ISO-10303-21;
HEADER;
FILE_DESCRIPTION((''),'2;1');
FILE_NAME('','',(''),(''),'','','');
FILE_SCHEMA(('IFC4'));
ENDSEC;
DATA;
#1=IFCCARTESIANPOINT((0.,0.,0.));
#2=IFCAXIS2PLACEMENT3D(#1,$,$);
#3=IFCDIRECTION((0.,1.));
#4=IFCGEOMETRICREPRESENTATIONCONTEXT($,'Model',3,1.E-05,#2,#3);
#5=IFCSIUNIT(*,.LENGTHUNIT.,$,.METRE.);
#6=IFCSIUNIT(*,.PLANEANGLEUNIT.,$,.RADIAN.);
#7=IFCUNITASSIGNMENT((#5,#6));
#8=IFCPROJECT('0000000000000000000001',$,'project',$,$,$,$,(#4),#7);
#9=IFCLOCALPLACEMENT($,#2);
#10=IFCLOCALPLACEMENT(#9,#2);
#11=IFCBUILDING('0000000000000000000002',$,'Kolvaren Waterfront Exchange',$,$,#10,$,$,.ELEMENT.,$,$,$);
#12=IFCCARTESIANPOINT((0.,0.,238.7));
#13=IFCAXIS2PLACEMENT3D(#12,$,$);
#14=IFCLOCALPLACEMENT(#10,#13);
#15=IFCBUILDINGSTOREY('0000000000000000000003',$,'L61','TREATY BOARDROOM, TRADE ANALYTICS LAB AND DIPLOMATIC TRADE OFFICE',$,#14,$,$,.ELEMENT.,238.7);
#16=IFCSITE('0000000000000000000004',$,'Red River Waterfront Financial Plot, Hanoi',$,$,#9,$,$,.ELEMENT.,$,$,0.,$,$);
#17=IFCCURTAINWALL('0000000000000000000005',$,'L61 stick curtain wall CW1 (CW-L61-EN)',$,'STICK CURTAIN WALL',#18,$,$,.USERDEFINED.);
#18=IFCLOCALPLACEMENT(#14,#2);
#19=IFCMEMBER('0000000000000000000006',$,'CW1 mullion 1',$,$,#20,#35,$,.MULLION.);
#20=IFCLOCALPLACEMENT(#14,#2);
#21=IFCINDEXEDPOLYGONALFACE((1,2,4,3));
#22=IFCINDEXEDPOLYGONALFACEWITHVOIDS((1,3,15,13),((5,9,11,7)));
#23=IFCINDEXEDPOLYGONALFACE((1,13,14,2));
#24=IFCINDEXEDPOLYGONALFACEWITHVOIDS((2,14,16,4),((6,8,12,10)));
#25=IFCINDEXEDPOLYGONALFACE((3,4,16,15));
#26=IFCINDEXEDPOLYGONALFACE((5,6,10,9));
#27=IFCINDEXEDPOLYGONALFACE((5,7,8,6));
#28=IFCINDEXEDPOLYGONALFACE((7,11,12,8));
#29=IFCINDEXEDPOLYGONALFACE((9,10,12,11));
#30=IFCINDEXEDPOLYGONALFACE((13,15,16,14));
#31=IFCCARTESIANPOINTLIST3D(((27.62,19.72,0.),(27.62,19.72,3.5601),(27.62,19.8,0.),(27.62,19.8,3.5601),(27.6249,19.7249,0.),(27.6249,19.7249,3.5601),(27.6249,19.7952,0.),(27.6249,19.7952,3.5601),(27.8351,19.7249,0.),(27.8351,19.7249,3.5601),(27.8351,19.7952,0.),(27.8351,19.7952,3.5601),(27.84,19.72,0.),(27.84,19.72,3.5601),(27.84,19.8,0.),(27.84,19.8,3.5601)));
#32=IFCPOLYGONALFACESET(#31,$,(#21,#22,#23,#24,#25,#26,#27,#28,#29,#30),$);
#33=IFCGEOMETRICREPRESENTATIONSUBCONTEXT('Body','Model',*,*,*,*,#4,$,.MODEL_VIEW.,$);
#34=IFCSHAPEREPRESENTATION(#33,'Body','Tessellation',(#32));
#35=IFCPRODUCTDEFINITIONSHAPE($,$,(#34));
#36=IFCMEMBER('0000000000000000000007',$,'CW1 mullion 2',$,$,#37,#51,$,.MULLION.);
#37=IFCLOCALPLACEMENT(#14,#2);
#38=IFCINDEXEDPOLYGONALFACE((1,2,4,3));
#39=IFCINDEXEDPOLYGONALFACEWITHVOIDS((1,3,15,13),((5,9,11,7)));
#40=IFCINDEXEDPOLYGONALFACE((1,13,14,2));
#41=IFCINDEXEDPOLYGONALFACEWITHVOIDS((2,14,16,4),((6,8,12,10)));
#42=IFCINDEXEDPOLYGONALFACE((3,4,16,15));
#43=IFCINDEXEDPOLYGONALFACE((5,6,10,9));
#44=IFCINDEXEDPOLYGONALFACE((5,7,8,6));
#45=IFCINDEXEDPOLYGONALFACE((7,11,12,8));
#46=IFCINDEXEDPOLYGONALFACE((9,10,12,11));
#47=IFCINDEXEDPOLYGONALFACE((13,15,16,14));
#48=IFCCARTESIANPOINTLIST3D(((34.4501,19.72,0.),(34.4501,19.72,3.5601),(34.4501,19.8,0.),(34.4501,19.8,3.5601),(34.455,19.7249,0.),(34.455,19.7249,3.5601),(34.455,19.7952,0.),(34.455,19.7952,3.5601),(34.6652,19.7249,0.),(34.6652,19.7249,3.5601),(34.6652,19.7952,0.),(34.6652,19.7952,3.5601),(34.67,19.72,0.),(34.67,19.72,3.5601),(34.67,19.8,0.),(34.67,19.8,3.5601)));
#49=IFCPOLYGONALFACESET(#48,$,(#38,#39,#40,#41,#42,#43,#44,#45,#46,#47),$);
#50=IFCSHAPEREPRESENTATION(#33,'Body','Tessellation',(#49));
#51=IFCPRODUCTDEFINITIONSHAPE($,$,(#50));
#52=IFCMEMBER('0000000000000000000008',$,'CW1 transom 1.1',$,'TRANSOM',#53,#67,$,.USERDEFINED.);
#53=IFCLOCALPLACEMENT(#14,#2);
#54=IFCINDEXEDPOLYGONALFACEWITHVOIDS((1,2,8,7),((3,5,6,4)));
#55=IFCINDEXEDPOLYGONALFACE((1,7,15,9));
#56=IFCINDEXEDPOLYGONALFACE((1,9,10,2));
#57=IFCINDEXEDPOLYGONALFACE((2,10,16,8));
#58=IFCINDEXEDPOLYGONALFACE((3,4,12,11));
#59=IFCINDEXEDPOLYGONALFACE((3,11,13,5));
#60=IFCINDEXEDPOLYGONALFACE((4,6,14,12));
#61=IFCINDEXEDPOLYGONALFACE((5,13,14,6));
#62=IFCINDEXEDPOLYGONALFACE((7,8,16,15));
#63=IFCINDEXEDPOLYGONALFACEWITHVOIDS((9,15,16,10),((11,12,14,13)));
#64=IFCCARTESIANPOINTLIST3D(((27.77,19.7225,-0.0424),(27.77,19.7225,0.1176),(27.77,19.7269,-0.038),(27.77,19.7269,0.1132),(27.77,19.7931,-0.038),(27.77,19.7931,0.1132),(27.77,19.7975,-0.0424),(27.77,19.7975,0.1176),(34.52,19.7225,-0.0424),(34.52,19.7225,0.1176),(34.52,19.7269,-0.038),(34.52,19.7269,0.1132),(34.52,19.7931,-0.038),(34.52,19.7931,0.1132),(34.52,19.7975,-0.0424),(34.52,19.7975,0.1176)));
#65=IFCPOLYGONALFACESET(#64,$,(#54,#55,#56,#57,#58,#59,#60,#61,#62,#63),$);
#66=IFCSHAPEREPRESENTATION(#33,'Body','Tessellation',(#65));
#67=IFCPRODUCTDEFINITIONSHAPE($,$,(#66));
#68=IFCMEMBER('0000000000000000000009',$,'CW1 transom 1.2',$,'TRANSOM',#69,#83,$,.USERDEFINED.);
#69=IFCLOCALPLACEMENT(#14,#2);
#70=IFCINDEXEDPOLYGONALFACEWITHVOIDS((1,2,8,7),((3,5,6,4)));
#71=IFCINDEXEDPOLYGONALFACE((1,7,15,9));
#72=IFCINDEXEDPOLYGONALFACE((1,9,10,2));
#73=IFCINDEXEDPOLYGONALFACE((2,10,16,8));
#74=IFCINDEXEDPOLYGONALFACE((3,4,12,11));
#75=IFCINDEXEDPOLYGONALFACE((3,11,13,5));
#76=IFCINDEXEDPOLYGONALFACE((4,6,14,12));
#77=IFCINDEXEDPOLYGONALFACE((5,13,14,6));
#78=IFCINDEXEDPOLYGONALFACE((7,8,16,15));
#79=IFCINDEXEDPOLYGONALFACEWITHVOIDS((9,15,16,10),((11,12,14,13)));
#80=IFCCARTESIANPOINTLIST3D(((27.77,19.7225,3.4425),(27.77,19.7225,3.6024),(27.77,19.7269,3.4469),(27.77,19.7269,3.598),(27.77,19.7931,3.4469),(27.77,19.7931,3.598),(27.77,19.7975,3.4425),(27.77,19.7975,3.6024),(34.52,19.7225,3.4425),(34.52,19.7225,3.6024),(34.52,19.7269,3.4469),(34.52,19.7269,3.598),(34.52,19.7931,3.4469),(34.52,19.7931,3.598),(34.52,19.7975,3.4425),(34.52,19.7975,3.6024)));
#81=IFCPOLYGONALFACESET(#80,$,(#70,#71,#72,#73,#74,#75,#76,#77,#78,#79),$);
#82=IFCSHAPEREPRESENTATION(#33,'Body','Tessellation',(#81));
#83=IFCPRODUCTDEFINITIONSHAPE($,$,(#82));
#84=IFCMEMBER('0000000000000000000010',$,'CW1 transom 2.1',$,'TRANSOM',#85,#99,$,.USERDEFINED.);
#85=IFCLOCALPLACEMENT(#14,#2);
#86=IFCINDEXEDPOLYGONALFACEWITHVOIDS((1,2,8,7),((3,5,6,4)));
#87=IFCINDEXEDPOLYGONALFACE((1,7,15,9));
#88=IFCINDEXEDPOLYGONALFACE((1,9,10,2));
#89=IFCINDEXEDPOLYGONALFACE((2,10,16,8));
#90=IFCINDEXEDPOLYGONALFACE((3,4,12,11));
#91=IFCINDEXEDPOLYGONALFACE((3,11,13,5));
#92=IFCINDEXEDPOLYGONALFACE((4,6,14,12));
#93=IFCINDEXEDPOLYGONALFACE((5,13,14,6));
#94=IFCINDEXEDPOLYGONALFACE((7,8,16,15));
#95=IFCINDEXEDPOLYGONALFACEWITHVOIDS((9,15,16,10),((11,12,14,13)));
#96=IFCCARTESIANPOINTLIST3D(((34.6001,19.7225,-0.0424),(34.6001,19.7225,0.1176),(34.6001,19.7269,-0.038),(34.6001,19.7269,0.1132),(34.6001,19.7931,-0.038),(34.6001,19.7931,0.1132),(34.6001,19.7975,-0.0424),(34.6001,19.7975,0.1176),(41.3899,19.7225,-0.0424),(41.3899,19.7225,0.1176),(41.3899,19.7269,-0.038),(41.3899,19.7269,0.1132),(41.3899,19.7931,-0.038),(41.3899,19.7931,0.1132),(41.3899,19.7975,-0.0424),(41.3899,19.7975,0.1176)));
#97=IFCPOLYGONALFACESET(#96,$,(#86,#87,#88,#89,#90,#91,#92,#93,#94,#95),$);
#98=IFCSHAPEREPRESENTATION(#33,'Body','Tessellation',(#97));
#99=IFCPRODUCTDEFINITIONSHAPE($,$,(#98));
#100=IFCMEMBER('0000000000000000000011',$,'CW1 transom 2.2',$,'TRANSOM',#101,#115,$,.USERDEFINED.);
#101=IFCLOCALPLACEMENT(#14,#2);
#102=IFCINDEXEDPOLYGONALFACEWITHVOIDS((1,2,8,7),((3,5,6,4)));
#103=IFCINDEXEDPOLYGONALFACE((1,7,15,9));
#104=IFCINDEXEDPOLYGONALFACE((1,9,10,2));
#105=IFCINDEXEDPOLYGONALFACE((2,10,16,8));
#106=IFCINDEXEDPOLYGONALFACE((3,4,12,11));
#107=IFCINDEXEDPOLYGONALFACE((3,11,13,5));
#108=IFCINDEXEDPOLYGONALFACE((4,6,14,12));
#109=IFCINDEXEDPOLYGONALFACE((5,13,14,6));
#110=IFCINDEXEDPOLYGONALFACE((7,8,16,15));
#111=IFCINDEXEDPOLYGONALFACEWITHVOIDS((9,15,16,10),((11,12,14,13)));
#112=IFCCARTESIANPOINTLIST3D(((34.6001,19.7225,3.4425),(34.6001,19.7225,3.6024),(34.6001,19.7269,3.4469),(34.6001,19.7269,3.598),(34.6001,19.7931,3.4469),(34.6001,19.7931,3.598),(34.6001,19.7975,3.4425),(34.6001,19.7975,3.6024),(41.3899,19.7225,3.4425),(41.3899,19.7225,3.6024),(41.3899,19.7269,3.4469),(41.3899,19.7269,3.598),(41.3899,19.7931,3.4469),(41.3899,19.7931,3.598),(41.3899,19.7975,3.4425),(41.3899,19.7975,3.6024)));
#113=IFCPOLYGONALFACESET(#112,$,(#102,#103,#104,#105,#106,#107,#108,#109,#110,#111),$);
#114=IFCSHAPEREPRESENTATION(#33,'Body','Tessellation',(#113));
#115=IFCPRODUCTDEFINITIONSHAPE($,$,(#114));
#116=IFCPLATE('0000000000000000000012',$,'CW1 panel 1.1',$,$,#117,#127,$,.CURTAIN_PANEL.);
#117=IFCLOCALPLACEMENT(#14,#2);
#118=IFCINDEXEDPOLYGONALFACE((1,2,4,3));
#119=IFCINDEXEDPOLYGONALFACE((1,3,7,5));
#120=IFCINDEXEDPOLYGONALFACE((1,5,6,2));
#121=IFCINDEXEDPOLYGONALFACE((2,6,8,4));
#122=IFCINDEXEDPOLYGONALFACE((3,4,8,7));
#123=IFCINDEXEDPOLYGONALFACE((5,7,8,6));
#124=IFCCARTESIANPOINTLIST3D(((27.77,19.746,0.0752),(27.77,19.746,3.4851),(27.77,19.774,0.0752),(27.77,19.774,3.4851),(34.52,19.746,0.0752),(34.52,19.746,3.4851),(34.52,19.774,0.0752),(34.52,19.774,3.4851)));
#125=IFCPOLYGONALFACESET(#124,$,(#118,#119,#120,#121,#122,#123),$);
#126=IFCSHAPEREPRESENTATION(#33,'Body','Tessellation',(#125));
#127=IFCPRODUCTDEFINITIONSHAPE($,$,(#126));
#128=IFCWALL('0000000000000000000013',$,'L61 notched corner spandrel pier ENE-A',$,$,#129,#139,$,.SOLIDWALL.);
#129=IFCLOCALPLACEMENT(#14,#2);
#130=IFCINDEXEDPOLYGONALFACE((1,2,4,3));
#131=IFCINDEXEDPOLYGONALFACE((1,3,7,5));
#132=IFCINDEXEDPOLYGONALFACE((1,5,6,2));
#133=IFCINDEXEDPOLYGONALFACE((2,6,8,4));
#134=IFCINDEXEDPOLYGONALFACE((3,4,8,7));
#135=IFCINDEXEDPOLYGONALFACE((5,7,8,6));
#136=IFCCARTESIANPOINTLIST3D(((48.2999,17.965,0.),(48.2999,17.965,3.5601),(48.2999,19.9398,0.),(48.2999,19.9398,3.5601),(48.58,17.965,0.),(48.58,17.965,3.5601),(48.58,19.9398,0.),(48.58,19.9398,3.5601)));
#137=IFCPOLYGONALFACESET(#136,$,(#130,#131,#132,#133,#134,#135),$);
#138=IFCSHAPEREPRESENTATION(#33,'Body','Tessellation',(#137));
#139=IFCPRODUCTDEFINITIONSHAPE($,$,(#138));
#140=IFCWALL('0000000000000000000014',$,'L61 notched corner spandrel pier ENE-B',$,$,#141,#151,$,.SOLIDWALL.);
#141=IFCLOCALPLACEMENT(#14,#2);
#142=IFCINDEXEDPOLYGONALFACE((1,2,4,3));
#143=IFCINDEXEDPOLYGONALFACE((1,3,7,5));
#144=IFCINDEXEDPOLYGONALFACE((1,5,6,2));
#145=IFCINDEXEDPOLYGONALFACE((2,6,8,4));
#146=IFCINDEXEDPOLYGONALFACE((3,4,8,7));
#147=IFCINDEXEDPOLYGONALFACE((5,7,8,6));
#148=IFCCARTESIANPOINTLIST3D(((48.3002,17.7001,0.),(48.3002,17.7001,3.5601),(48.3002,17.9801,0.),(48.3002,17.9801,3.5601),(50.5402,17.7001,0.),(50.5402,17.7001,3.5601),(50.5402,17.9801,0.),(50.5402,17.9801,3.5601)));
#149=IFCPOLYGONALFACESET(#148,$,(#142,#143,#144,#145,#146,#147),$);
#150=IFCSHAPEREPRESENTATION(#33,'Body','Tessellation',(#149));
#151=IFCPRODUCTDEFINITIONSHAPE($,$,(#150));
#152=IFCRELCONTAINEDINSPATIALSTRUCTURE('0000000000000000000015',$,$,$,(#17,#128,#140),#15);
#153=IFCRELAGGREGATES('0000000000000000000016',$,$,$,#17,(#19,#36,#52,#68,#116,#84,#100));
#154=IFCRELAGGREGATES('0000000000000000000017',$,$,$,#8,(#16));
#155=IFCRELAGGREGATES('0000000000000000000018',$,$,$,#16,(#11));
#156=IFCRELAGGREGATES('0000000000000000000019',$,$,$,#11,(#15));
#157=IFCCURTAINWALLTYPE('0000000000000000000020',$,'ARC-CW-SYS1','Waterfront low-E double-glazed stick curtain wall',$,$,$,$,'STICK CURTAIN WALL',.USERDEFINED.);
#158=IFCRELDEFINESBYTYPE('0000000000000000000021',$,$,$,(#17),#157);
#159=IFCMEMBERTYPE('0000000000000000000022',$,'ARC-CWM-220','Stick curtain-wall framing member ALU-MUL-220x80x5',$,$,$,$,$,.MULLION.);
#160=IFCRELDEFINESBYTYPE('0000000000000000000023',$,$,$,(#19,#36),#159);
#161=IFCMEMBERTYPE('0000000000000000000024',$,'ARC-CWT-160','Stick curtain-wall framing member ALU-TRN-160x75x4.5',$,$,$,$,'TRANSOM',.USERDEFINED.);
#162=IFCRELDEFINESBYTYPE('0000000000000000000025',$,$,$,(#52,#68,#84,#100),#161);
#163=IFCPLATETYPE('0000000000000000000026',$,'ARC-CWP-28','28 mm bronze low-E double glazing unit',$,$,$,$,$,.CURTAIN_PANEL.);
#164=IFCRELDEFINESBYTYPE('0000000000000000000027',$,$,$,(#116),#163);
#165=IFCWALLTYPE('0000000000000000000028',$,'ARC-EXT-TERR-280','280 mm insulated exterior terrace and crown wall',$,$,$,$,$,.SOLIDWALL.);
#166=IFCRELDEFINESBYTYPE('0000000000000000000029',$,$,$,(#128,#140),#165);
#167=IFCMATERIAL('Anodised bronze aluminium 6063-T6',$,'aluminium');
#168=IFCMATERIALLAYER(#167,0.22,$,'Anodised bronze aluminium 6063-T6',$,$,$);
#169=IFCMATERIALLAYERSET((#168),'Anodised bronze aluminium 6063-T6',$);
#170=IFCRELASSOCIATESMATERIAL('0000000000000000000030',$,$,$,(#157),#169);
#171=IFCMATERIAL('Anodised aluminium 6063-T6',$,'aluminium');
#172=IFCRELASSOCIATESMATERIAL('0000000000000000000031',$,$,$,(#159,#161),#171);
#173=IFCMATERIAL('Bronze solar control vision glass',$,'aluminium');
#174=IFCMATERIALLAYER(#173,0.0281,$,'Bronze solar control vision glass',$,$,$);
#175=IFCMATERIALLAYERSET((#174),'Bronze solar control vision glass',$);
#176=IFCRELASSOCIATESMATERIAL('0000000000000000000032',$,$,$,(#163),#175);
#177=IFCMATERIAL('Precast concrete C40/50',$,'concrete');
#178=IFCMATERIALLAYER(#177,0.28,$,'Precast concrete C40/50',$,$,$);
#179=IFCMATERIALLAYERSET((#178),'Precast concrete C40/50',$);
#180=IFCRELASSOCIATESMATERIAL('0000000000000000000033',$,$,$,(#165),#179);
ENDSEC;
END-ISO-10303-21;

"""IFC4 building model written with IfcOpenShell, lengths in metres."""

from ifc_helpers import new_model, si_unit, direction, frame, frame_2d, origin, origin_with_axes, origin_2d, place, context, subcontext, project, spatial, rectangle, hollow_rectangle, extrude, source, transform, mapped, material, layer, layer_set, material_profile, profile_set, type_object, element, aggregate, save


model = new_model("IFC4")

# Units and contexts
model_context = context("Model", 3, precision=1e-05, world=origin(), true_north=direction((0.0, 1.0)))
body_context = subcontext(model_context, "Body", "Model", "MODEL_VIEW")
ifc_project = project(units=[si_unit("LENGTHUNIT", "METRE"), si_unit("PLANEANGLEUNIT", "RADIAN")], contexts=[model_context])

# Site, building, storey
site_placement = place(None, origin())
site = spatial("IfcSite", under=ifc_project, at=site_placement, Name="Red River Waterfront Financial Plot, Hanoi", CompositionType="ELEMENT", RefElevation=0.0)
building_placement = place(site_placement, origin())
building = spatial("IfcBuilding", under=site, at=building_placement, Name="Kolvaren Waterfront Exchange", CompositionType="ELEMENT")
storey_placement = place(building_placement, frame((0.0, 0.0, 238.7)))
storey = spatial("IfcBuildingStorey", under=building, at=storey_placement, Name="L61", Description="TREATY BOARDROOM, TRADE ANALYTICS LAB AND DIPLOMATIC TRADE OFFICE", CompositionType="ELEMENT", Elevation=238.7)

# Curtain wall, members, plate
ifc_material_1 = material(Name="Anodised bronze aluminium 6063-T6", Category="aluminium")
ifc_layer_1 = layer(ifc_material_1, 0.22, Name="Anodised bronze aluminium 6063-T6")
ifc_layer_set_1 = layer_set([ifc_layer_1], Name="Anodised bronze aluminium 6063-T6")
curtain_wall_type = type_object("IfcCurtainWallType", Name="ARC-CW-SYS1", Description="Waterfront low-E double-glazed stick curtain wall", ElementType="STICK CURTAIN WALL", PredefinedType="USERDEFINED", material=ifc_layer_set_1)
curtain_wall_placement = place(storey_placement, origin())
curtain_wall = element("IfcCurtainWall", 1, at=curtain_wall_placement, inside=storey, type_object=curtain_wall_type, Name="L61 stick curtain wall CW1 (CW-L61-EN)", ObjectType="STICK CURTAIN WALL", PredefinedType="USERDEFINED")
ifc_material_2 = material(Name="Anodised aluminium 6063-T6", Category="aluminium")
ifc_material_profile_1 = material_profile(ifc_material_2, hollow_rectangle(XDim=0.0801, YDim=0.22, WallThickness=0.0049, at=origin_2d()), Name="ALU-MUL-220x80x5")
ifc_profile_set_1 = profile_set([ifc_material_profile_1], Name="Anodised aluminium 6063-T6")
member_type_1 = type_object("IfcMemberType", Name="ARC-CWM-220", Description="Stick curtain-wall framing member ALU-MUL-220x80x5", PredefinedType="MULLION", material=ifc_profile_set_1)
shared_shape_1 = source(origin_with_axes(), body_context, "Body", "SweptSolid", [
    extrude(hollow_rectangle(XDim=0.0801, YDim=0.22, WallThickness=0.0049, at=origin_2d()), origin(), (0.0, 0.0, 1.0), 3.5601),
])
member_1_placement = place(storey_placement, frame((27.73, 19.76, 0.0), z_axis=(0.0, 0.0, 1.0), x_axis=(0.0, 1.0, 0.0)))
member_1 = element("IfcMember", 2, at=member_1_placement, type_object=member_type_1, Name="CW1 mullion 1", PredefinedType="MULLION", context=body_context, shape_type="MappedRepresentation", body=[
    mapped(shared_shape_1, transform((0.0, 0.0, 0.0), x_axis=(1.0, 0.0, 0.0), y_axis=(0.0, 1.0, 0.0), z_axis=(0.0, 0.0, 1.0), scale=1.0)),
])
member_2_placement = place(storey_placement, frame((34.5601, 19.76, 0.0), z_axis=(0.0, 0.0, 1.0), x_axis=(0.0, 1.0, 0.0)))
member_2 = element("IfcMember", 3, at=member_2_placement, type_object=member_type_1, Name="CW1 mullion 2", PredefinedType="MULLION", context=body_context, shape_type="MappedRepresentation", body=[
    mapped(shared_shape_1, transform((0.0, 0.0, 0.0), x_axis=(1.0, 0.0, 0.0), y_axis=(0.0, 1.0, 0.0), z_axis=(0.0, 0.0, 1.0), scale=1.0)),
])
ifc_material_profile_2 = material_profile(ifc_material_2, hollow_rectangle(XDim=0.075, YDim=0.1599, WallThickness=0.0044, at=origin_2d()), Name="ALU-TRN-160x75x4.5")
ifc_profile_set_2 = profile_set([ifc_material_profile_2], Name="Anodised aluminium 6063-T6")
member_type_2 = type_object("IfcMemberType", Name="ARC-CWT-160", Description="Stick curtain-wall framing member ALU-TRN-160x75x4.5", ElementType="TRANSOM", PredefinedType="USERDEFINED", material=ifc_profile_set_2)
shared_shape_2 = source(origin_with_axes(), body_context, "Body", "SweptSolid", [
    extrude(hollow_rectangle(XDim=0.075, YDim=0.1599, WallThickness=0.0044, at=origin_2d()), origin(), (0.0, 0.0, 1.0), 6.75),
])
member_3_placement = place(storey_placement, frame((27.77, 19.76, 0.0376), z_axis=(1.0, 0.0, 0.0), x_axis=(0.0, 1.0, 0.0)))
member_3 = element("IfcMember", 4, at=member_3_placement, type_object=member_type_2, Name="CW1 transom 1.1", ObjectType="TRANSOM", PredefinedType="USERDEFINED", context=body_context, shape_type="MappedRepresentation", body=[
    mapped(shared_shape_2, transform((0.0, 0.0, 0.0), x_axis=(1.0, 0.0, 0.0), y_axis=(0.0, 1.0, 0.0), z_axis=(0.0, 0.0, 1.0), scale=1.0)),
])
member_4_placement = place(storey_placement, frame((27.77, 19.76, 3.5225), z_axis=(1.0, 0.0, 0.0), x_axis=(0.0, 1.0, 0.0)))
member_4 = element("IfcMember", 5, at=member_4_placement, type_object=member_type_2, Name="CW1 transom 1.2", ObjectType="TRANSOM", PredefinedType="USERDEFINED", context=body_context, shape_type="MappedRepresentation", body=[
    mapped(shared_shape_2, transform((0.0, 0.0, 0.0), x_axis=(1.0, 0.0, 0.0), y_axis=(0.0, 1.0, 0.0), z_axis=(0.0, 0.0, 1.0), scale=1.0)),
])
shared_shape_3 = source(origin_with_axes(), body_context, "Body", "SweptSolid", [
    extrude(hollow_rectangle(XDim=0.075, YDim=0.1599, WallThickness=0.0044, at=origin_2d()), origin(), (0.0, 0.0, 1.0), 6.7898),
])
member_5_placement = place(storey_placement, frame((34.6001, 19.76, 0.0376), z_axis=(1.0, 0.0, 0.0), x_axis=(0.0, 1.0, 0.0)))
member_5 = element("IfcMember", 6, at=member_5_placement, type_object=member_type_2, Name="CW1 transom 2.1", ObjectType="TRANSOM", PredefinedType="USERDEFINED", context=body_context, shape_type="MappedRepresentation", body=[
    mapped(shared_shape_3, transform((0.0, 0.0, 0.0), x_axis=(1.0, 0.0, 0.0), y_axis=(0.0, 1.0, 0.0), z_axis=(0.0, 0.0, 1.0), scale=1.0)),
])
member_6_placement = place(storey_placement, frame((34.6001, 19.76, 3.5225), z_axis=(1.0, 0.0, 0.0), x_axis=(0.0, 1.0, 0.0)))
member_6 = element("IfcMember", 7, at=member_6_placement, type_object=member_type_2, Name="CW1 transom 2.2", ObjectType="TRANSOM", PredefinedType="USERDEFINED", context=body_context, shape_type="MappedRepresentation", body=[
    mapped(shared_shape_3, transform((0.0, 0.0, 0.0), x_axis=(1.0, 0.0, 0.0), y_axis=(0.0, 1.0, 0.0), z_axis=(0.0, 0.0, 1.0), scale=1.0)),
])
ifc_material_3 = material(Name="Bronze solar control vision glass", Category="aluminium")
ifc_layer_2 = layer(ifc_material_3, 0.0281, Name="Bronze solar control vision glass")
ifc_layer_set_2 = layer_set([ifc_layer_2], Name="Bronze solar control vision glass")
plate_type = type_object("IfcPlateType", Name="ARC-CWP-28", Description="28 mm bronze low-E double glazing unit", PredefinedType="CURTAIN_PANEL", material=ifc_layer_set_2)
shared_shape_4 = source(origin_with_axes(), body_context, "Body", "SweptSolid", [
    extrude(rectangle(XDim=6.75, YDim=0.0281, at=origin_2d()), origin(), (0.0, 0.0, 1.0), 3.4099),
])
plate_placement = place(storey_placement, frame((31.145, 19.76, 0.0752), z_axis=(0.0, 0.0, 1.0), x_axis=(1.0, 0.0, 0.0)))
plate = element("IfcPlate", 8, at=plate_placement, type_object=plate_type, Name="CW1 panel 1.1", PredefinedType="CURTAIN_PANEL", context=body_context, shape_type="MappedRepresentation", body=[
    mapped(shared_shape_4, transform((0.0, 0.0, 0.0), x_axis=(1.0, 0.0, 0.0), y_axis=(0.0, 1.0, 0.0), z_axis=(0.0, 0.0, 1.0), scale=1.0)),
])
aggregate(curtain_wall, [member_1, member_2, member_3, member_4, plate, member_5, member_6])

# Walls
ifc_material_4 = material(Name="Precast concrete C40/50", Category="concrete")
ifc_layer_3 = layer(ifc_material_4, 0.28, Name="Precast concrete C40/50")
ifc_layer_set_3 = layer_set([ifc_layer_3], Name="Precast concrete C40/50")
wall_type_1 = type_object("IfcWallType", Name="ARC-EXT-TERR-280", Description="280 mm insulated exterior terrace and crown wall", PredefinedType="SOLIDWALL", material=ifc_layer_set_3)
wall_1_placement = place(storey_placement, frame((48.4399, 17.9651, 0.0), z_axis=(0.0, 0.0, 1.0), x_axis=(0.0, 1.0, 0.0)))
element("IfcWall", 9, at=wall_1_placement, inside=storey, type_object=wall_type_1, Name="L61 notched corner spandrel pier ENE-A", PredefinedType="SOLIDWALL", context=body_context, shape_type="SweptSolid", body=[
    extrude(rectangle(XDim=1.9749, YDim=0.28, at=frame_2d((0.9873, 0.0))), origin(), (0.0, 0.0, 1.0), 3.5601),
])
wall_2_placement = place(storey_placement, frame((48.3, 17.8401, 0.0), z_axis=(0.0, 0.0, 1.0), x_axis=(1.0, 0.0, 0.0)))
element("IfcWall", 10, at=wall_2_placement, inside=storey, type_object=wall_type_1, Name="L61 notched corner spandrel pier ENE-B", PredefinedType="SOLIDWALL", context=body_context, shape_type="SweptSolid", body=[
    extrude(rectangle(XDim=2.24, YDim=0.28, at=frame_2d((1.1201, 0.0))), origin(), (0.0, 0.0, 1.0), 3.5601),
])

save(model, "model.ifc")
